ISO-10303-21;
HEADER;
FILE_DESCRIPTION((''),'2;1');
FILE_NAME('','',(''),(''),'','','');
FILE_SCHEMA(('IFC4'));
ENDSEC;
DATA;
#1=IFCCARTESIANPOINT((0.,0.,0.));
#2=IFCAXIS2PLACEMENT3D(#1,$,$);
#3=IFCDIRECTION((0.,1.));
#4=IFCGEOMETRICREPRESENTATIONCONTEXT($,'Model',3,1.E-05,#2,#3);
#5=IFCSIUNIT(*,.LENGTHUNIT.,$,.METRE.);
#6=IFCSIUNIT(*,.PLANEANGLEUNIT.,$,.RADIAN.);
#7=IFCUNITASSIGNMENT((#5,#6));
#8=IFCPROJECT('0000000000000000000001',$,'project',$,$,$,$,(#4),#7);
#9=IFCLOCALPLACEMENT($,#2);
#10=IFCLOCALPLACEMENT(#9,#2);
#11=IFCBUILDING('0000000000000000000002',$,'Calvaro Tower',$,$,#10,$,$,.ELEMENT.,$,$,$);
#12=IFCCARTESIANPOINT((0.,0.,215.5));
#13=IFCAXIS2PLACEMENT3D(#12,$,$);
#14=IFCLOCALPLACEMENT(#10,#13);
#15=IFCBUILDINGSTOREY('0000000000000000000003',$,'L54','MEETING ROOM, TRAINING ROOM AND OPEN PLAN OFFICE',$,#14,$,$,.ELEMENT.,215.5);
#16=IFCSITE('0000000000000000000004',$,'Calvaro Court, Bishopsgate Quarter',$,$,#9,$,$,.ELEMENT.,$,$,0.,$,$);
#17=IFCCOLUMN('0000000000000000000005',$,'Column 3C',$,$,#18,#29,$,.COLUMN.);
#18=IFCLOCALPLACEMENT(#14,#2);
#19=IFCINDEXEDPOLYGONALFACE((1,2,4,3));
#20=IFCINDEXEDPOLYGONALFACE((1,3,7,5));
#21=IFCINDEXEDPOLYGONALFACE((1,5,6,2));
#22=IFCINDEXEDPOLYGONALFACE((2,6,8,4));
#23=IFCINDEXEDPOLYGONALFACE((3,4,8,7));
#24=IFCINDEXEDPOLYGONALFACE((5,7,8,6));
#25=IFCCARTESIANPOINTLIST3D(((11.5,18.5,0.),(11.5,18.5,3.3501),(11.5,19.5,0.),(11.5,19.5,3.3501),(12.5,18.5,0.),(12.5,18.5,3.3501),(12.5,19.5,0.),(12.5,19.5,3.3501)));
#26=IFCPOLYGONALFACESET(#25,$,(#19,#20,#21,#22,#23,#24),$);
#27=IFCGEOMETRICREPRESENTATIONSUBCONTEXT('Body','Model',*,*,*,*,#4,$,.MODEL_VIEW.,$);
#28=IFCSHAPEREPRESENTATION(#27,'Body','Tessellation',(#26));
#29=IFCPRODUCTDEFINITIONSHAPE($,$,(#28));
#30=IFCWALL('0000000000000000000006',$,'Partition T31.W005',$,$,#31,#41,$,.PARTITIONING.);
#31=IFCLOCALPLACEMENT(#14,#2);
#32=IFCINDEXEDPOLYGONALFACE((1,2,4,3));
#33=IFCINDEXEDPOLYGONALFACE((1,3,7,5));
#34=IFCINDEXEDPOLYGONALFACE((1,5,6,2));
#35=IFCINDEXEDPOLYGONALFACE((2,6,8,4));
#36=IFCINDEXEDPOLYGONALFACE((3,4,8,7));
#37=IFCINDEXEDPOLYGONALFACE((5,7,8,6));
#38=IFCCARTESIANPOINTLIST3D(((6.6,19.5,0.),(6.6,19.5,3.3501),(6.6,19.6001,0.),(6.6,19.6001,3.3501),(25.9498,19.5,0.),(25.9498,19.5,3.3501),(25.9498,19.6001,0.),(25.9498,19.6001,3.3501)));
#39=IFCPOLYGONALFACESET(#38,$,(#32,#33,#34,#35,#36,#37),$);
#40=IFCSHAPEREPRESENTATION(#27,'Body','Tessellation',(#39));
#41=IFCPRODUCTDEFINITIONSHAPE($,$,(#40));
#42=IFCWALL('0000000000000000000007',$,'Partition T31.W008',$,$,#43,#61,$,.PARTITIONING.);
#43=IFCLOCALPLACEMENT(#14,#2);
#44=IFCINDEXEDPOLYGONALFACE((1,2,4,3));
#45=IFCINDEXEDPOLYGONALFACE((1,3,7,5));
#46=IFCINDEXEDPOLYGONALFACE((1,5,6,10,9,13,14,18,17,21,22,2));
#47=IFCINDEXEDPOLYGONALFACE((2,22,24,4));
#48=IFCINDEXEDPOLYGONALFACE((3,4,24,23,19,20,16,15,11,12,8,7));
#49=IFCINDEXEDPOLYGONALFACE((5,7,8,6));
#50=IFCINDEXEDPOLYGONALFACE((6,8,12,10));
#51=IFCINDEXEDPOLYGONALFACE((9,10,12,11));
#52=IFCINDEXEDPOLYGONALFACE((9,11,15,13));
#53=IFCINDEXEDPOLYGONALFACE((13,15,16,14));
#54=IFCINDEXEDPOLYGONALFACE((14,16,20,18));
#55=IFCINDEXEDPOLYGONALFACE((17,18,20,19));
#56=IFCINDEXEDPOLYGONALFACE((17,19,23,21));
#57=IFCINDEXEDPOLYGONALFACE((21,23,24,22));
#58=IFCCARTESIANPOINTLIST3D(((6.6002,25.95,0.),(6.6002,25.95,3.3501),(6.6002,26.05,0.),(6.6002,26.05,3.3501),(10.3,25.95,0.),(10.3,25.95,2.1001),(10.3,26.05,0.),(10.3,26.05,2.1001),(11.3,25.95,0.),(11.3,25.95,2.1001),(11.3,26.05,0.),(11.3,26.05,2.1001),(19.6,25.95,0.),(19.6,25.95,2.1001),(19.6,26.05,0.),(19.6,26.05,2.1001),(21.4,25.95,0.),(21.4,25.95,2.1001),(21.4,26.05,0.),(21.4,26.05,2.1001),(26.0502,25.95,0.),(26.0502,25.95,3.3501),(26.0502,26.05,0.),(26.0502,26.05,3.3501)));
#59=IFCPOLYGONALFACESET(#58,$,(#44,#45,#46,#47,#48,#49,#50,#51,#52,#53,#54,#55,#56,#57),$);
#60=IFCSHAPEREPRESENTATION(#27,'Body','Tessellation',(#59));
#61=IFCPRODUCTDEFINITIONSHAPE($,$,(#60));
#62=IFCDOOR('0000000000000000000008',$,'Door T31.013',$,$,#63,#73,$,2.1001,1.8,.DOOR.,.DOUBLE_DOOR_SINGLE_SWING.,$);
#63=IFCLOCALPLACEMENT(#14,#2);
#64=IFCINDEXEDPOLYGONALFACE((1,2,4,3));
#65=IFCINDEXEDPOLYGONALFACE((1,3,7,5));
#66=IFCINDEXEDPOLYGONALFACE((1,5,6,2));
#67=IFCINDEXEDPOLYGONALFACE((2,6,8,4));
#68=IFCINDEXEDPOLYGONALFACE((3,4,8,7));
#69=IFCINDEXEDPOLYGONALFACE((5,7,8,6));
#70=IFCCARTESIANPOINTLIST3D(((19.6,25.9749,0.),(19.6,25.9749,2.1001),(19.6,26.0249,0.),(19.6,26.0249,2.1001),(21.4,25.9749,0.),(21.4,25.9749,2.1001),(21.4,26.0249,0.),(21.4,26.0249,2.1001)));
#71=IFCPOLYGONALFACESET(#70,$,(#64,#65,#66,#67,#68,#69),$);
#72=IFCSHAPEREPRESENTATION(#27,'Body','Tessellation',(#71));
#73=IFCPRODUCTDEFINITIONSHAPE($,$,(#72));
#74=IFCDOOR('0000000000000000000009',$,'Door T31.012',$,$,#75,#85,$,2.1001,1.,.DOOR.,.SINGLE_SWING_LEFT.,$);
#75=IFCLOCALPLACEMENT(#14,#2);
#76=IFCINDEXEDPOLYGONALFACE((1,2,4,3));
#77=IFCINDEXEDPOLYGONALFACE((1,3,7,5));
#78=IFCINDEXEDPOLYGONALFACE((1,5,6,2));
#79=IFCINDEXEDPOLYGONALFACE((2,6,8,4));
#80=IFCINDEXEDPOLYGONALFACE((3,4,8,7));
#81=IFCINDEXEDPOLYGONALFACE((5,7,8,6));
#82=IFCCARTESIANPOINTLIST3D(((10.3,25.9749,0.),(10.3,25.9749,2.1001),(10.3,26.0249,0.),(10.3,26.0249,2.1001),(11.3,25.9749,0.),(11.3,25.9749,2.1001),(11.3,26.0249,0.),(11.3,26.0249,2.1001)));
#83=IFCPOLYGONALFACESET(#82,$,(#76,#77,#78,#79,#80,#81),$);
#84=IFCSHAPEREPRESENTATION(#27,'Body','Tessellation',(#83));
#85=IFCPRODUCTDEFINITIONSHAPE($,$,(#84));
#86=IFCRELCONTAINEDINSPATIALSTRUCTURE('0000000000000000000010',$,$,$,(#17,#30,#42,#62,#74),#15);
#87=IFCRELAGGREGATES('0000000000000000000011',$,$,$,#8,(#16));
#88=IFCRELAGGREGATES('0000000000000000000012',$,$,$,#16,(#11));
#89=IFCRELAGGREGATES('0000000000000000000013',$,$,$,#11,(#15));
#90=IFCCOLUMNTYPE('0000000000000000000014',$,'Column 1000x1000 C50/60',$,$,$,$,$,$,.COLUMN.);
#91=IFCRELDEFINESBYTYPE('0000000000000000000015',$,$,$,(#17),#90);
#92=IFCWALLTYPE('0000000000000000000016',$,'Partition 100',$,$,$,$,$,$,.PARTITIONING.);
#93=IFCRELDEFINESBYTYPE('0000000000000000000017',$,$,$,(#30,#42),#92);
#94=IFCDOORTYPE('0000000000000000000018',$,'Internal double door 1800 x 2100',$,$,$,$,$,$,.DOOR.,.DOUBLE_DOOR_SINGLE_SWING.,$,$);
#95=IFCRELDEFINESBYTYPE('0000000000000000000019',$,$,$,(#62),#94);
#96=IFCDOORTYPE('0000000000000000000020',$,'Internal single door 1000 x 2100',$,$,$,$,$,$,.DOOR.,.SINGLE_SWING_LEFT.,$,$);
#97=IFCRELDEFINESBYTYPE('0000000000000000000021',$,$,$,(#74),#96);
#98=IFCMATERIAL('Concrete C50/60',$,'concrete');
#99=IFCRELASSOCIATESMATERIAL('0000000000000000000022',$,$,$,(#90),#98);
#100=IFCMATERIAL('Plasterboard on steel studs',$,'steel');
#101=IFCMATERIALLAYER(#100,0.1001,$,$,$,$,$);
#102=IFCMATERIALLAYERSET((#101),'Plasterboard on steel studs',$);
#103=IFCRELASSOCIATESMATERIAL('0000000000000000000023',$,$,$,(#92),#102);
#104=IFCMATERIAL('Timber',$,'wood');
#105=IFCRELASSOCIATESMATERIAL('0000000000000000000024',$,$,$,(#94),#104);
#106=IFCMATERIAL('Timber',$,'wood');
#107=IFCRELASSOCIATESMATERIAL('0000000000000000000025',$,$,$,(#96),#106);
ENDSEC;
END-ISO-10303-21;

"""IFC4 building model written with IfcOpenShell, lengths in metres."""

from ifc_helpers import new_model, si_unit, direction, frame, frame_2d, origin, origin_2d, place, context, subcontext, project, spatial, rectangle, extrude, material, layer, layer_set, material_profile, profile_set, type_object, element, fill, save


model = new_model("IFC4")

# Units and contexts
model_context = context("Model", 3, precision=1e-05, world=origin(), true_north=direction((0.0, 1.0)))
body_context = subcontext(model_context, "Body", "Model", "MODEL_VIEW")
ifc_project = project(units=[si_unit("LENGTHUNIT", "METRE"), si_unit("PLANEANGLEUNIT", "RADIAN")], contexts=[model_context])

# Site, building, storey
site_placement = place(None, origin())
site = spatial("IfcSite", under=ifc_project, at=site_placement, Name="Calvaro Court, Bishopsgate Quarter", CompositionType="ELEMENT", RefElevation=0.0)
building_placement = place(site_placement, origin())
building = spatial("IfcBuilding", under=site, at=building_placement, Name="Calvaro Tower", CompositionType="ELEMENT")
storey_placement = place(building_placement, frame((0.0, 0.0, 215.5)))
storey = spatial("IfcBuildingStorey", under=building, at=storey_placement, Name="L54", Description="MEETING ROOM, TRAINING ROOM AND OPEN PLAN OFFICE", CompositionType="ELEMENT", Elevation=215.5)

# Column
ifc_material_1 = material(Name="Concrete C50/60", Category="concrete")
ifc_material_profile = material_profile(ifc_material_1, rectangle(XDim=1.0, YDim=1.0, at=origin_2d()), Name="RC 1000x1000")
ifc_profile_set = profile_set([ifc_material_profile], Name="Concrete C50/60")
column_type = type_object("IfcColumnType", Name="Column 1000x1000 C50/60", PredefinedType="COLUMN", material=ifc_profile_set)
column_placement = place(storey_placement, frame((12.0, 19.0, 0.0), z_axis=(0.0, 0.0, 1.0), x_axis=(1.0, 0.0, 0.0)))
element("IfcColumn", 1, at=column_placement, inside=storey, type_object=column_type, Name="Column 3C", PredefinedType="COLUMN", context=body_context, shape_type="SweptSolid", body=[
    extrude(rectangle(XDim=1.0, YDim=1.0, at=origin_2d()), origin(), (0.0, 0.0, 1.0), 3.3501),
])

# Wall
ifc_material_2 = material(Name="Plasterboard on steel studs", Category="steel")
ifc_layer_1 = layer(ifc_material_2, 0.1001)
ifc_layer_set_1 = layer_set([ifc_layer_1], Name="Plasterboard on steel studs")
wall_type_1 = type_object("IfcWallType", Name="Partition 100", PredefinedType="PARTITIONING", material=ifc_layer_set_1)
wall_1_placement = place(storey_placement, frame((6.6001, 19.55, 0.0), z_axis=(0.0, 0.0, 1.0), x_axis=(1.0, 0.0, 0.0)))
element("IfcWall", 2, at=wall_1_placement, inside=storey, type_object=wall_type_1, Name="Partition T31.W005", PredefinedType="PARTITIONING", context=body_context, shape_type="SweptSolid", body=[
    extrude(rectangle(XDim=19.3499, YDim=0.1001, at=frame_2d((9.6748, 0.0))), origin(), (0.0, 0.0, 1.0), 3.3501),
])

# Wall, openings, doors
wall_2_placement = place(storey_placement, frame((6.6001, 26.0, 0.0), z_axis=(0.0, 0.0, 1.0), x_axis=(1.0, 0.0, 0.0)))
wall_2 = element("IfcWall", 3, at=wall_2_placement, inside=storey, type_object=wall_type_1, Name="Partition T31.W008", PredefinedType="PARTITIONING", context=body_context, shape_type="SweptSolid", body=[
    extrude(rectangle(XDim=19.45, YDim=0.1001, at=frame_2d((9.7251, 0.0))), origin(), (0.0, 0.0, 1.0), 3.3501),
])
opening_1_placement = place(wall_2_placement, frame((3.7, 0.0, 0.0)))
opening_1 = element("IfcOpeningElement", 4, at=opening_1_placement, cuts=wall_2, PredefinedType="OPENING", context=body_context, shape_type="SweptSolid", body=[
    extrude(rectangle(XDim=1.0, YDim=2.1001, at=frame_2d((0.5, 1.05))), frame((0.0, 0.0601, 0.0), z_axis=(0.0, -1.0, 0.0), x_axis=(1.0, 0.0, 0.0)), (0.0, 0.0, 1.0), 0.1201),
])
opening_2_placement = place(wall_2_placement, frame((13.0, 0.0, 0.0)))
opening_2 = element("IfcOpeningElement", 5, at=opening_2_placement, cuts=wall_2, PredefinedType="OPENING", context=body_context, shape_type="SweptSolid", body=[
    extrude(rectangle(XDim=1.8, YDim=2.1001, at=frame_2d((0.8999, 1.05))), frame((0.0, 0.0601, 0.0), z_axis=(0.0, -1.0, 0.0), x_axis=(1.0, 0.0, 0.0)), (0.0, 0.0, 1.0), 0.1201),
])
ifc_material_3 = material(Name="Timber", Category="wood")
door_type_1 = type_object("IfcDoorType", Name="Internal double door 1800 x 2100", OperationType="DOUBLE_DOOR_SINGLE_SWING", PredefinedType="DOOR", material=ifc_material_3)
door_1_placement = place(opening_2_placement, origin())
door_1 = element("IfcDoor", 6, at=door_1_placement, inside=storey, type_object=door_type_1, Name="Door T31.013", OperationType="DOUBLE_DOOR_SINGLE_SWING", OverallHeight=2.1001, OverallWidth=1.8, PredefinedType="DOOR", context=body_context, shape_type="SweptSolid", body=[
    extrude(rectangle(XDim=1.8, YDim=2.1001, at=frame_2d((0.8999, 1.05))), frame((0.0, 0.0249, 0.0), z_axis=(0.0, -1.0, 0.0), x_axis=(1.0, 0.0, 0.0)), (0.0, 0.0, 1.0), 0.05),
])
fill(opening_2, door_1)
ifc_material_4 = material(Name="Timber", Category="wood")
door_type_2 = type_object("IfcDoorType", Name="Internal single door 1000 x 2100", OperationType="SINGLE_SWING_LEFT", PredefinedType="DOOR", material=ifc_material_4)
door_2_placement = place(opening_1_placement, origin())
door_2 = element("IfcDoor", 7, at=door_2_placement, inside=storey, type_object=door_type_2, Name="Door T31.012", OperationType="SINGLE_SWING_LEFT", OverallHeight=2.1001, OverallWidth=1.0, PredefinedType="DOOR", context=body_context, shape_type="SweptSolid", body=[
    extrude(rectangle(XDim=1.0, YDim=2.1001, at=frame_2d((0.5, 1.05))), frame((0.0, 0.0249, 0.0), z_axis=(0.0, -1.0, 0.0), x_axis=(1.0, 0.0, 0.0)), (0.0, 0.0, 1.0), 0.05),
])
fill(opening_1, door_2)

save(model, "model.ifc")
